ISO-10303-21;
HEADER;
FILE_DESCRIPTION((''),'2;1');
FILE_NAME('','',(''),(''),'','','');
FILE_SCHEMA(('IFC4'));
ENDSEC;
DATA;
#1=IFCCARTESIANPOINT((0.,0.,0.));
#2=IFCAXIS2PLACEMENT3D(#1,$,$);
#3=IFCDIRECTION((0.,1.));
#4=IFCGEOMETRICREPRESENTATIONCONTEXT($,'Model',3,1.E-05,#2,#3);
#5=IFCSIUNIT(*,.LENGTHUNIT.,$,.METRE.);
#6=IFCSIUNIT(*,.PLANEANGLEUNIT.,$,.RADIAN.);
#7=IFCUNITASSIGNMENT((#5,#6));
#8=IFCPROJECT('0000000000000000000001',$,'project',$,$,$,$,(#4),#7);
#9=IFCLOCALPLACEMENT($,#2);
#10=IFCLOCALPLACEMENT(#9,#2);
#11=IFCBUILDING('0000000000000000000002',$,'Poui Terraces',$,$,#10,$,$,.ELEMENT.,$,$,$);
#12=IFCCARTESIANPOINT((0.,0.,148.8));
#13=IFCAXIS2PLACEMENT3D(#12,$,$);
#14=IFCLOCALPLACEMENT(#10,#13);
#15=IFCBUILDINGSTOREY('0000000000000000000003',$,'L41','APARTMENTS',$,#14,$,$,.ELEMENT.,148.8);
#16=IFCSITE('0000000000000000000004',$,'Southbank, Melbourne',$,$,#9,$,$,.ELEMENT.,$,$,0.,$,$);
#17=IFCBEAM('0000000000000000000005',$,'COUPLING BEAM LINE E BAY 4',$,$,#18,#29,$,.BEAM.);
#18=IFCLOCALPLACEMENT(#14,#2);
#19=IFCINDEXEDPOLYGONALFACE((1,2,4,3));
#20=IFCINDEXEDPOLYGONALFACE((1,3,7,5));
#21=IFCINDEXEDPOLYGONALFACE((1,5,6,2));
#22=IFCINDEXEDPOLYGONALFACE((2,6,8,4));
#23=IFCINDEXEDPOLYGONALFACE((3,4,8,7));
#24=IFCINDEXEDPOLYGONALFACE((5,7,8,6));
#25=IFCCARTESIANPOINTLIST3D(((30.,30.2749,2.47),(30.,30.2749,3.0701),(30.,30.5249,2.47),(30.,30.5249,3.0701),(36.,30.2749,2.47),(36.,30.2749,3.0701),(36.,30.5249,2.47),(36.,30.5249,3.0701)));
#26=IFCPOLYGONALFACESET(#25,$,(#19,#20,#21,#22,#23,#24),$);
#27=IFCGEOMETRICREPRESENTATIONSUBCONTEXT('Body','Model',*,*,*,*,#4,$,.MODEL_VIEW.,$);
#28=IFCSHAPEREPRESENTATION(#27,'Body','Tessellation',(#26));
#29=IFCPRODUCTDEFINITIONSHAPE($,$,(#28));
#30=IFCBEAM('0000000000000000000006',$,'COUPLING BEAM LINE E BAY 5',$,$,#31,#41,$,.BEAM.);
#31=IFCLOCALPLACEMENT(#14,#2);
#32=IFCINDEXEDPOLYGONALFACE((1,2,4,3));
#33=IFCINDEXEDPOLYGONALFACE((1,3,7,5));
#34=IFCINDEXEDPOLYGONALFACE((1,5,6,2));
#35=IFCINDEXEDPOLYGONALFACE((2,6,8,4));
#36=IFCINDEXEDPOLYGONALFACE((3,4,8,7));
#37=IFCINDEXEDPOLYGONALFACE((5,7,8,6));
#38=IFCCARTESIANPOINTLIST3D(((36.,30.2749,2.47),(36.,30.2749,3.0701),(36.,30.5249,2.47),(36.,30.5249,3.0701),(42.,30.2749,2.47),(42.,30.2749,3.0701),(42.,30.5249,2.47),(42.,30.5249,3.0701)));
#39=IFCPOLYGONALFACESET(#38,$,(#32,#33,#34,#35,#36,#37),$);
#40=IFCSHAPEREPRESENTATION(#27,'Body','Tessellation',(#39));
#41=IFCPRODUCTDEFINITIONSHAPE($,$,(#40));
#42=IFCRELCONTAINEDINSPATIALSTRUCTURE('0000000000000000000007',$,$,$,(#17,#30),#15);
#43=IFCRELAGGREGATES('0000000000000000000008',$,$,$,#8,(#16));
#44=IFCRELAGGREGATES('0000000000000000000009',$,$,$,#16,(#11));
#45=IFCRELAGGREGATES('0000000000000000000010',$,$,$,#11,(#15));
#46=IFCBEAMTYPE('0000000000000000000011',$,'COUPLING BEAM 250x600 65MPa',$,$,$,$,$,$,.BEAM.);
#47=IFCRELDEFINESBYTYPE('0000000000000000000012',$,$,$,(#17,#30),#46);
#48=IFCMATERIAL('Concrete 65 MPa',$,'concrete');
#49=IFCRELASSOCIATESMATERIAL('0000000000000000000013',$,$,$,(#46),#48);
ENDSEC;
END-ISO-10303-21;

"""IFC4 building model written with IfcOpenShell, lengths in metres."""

from ifc_helpers import new_model, si_unit, direction, frame, origin, origin_2d, place, context, subcontext, project, spatial, rectangle, extrude, source, transform, mapped, material, material_profile, profile_set, type_object, element, save


model = new_model("IFC4")

# Units and contexts
model_context = context("Model", 3, precision=1e-05, world=origin(), true_north=direction((0.0, 1.0)))
body_context = subcontext(model_context, "Body", "Model", "MODEL_VIEW")
ifc_project = project(units=[si_unit("LENGTHUNIT", "METRE"), si_unit("PLANEANGLEUNIT", "RADIAN")], contexts=[model_context])

# Site, building, storey
site_placement = place(None, origin())
site = spatial("IfcSite", under=ifc_project, at=site_placement, Name="Southbank, Melbourne", CompositionType="ELEMENT", RefElevation=0.0)
building_placement = place(site_placement, origin())
building = spatial("IfcBuilding", under=site, at=building_placement, Name="Poui Terraces", CompositionType="ELEMENT")
storey_placement = place(building_placement, frame((0.0, 0.0, 148.8)))
storey = spatial("IfcBuildingStorey", under=building, at=storey_placement, Name="L41", Description="APARTMENTS", CompositionType="ELEMENT", Elevation=148.8)

# Beams
ifc_material_1 = material(Name="Concrete 65 MPa", Category="concrete")
ifc_material_profile = material_profile(ifc_material_1, rectangle(XDim=0.25, YDim=0.6001, at=origin_2d()), Name="RC 250x600")
ifc_profile_set = profile_set([ifc_material_profile], Name="Concrete 65 MPa")
beam_type = type_object("IfcBeamType", Name="COUPLING BEAM 250x600 65MPa", PredefinedType="BEAM", material=ifc_profile_set)
shared_shape = source(origin(), body_context, "Body", "SweptSolid", [
    extrude(rectangle(XDim=0.25, YDim=0.6001, at=origin_2d()), origin(), (0.0, 0.0, 1.0), 6.0),
])
for number, where, z_axis, x_axis, name in (
    (1, (30.0, 30.3999, 2.77), (1.0, 0.0, 0.0), (0.0, 1.0, 0.0), "COUPLING BEAM LINE E BAY 4"),
    (2, (36.0, 30.3999, 2.77), (1.0, 0.0, 0.0), (0.0, 1.0, 0.0), "COUPLING BEAM LINE E BAY 5"),
):
    element("IfcBeam", number, at=place(storey_placement, frame(where, z_axis=z_axis, x_axis=x_axis)), inside=storey, type_object=beam_type, Name=name, PredefinedType="BEAM", context=body_context, shape_type="MappedRepresentation", body=[
        mapped(shared_shape, transform((0.0, 0.0, 0.0))),
    ])

save(model, "model.ifc")
